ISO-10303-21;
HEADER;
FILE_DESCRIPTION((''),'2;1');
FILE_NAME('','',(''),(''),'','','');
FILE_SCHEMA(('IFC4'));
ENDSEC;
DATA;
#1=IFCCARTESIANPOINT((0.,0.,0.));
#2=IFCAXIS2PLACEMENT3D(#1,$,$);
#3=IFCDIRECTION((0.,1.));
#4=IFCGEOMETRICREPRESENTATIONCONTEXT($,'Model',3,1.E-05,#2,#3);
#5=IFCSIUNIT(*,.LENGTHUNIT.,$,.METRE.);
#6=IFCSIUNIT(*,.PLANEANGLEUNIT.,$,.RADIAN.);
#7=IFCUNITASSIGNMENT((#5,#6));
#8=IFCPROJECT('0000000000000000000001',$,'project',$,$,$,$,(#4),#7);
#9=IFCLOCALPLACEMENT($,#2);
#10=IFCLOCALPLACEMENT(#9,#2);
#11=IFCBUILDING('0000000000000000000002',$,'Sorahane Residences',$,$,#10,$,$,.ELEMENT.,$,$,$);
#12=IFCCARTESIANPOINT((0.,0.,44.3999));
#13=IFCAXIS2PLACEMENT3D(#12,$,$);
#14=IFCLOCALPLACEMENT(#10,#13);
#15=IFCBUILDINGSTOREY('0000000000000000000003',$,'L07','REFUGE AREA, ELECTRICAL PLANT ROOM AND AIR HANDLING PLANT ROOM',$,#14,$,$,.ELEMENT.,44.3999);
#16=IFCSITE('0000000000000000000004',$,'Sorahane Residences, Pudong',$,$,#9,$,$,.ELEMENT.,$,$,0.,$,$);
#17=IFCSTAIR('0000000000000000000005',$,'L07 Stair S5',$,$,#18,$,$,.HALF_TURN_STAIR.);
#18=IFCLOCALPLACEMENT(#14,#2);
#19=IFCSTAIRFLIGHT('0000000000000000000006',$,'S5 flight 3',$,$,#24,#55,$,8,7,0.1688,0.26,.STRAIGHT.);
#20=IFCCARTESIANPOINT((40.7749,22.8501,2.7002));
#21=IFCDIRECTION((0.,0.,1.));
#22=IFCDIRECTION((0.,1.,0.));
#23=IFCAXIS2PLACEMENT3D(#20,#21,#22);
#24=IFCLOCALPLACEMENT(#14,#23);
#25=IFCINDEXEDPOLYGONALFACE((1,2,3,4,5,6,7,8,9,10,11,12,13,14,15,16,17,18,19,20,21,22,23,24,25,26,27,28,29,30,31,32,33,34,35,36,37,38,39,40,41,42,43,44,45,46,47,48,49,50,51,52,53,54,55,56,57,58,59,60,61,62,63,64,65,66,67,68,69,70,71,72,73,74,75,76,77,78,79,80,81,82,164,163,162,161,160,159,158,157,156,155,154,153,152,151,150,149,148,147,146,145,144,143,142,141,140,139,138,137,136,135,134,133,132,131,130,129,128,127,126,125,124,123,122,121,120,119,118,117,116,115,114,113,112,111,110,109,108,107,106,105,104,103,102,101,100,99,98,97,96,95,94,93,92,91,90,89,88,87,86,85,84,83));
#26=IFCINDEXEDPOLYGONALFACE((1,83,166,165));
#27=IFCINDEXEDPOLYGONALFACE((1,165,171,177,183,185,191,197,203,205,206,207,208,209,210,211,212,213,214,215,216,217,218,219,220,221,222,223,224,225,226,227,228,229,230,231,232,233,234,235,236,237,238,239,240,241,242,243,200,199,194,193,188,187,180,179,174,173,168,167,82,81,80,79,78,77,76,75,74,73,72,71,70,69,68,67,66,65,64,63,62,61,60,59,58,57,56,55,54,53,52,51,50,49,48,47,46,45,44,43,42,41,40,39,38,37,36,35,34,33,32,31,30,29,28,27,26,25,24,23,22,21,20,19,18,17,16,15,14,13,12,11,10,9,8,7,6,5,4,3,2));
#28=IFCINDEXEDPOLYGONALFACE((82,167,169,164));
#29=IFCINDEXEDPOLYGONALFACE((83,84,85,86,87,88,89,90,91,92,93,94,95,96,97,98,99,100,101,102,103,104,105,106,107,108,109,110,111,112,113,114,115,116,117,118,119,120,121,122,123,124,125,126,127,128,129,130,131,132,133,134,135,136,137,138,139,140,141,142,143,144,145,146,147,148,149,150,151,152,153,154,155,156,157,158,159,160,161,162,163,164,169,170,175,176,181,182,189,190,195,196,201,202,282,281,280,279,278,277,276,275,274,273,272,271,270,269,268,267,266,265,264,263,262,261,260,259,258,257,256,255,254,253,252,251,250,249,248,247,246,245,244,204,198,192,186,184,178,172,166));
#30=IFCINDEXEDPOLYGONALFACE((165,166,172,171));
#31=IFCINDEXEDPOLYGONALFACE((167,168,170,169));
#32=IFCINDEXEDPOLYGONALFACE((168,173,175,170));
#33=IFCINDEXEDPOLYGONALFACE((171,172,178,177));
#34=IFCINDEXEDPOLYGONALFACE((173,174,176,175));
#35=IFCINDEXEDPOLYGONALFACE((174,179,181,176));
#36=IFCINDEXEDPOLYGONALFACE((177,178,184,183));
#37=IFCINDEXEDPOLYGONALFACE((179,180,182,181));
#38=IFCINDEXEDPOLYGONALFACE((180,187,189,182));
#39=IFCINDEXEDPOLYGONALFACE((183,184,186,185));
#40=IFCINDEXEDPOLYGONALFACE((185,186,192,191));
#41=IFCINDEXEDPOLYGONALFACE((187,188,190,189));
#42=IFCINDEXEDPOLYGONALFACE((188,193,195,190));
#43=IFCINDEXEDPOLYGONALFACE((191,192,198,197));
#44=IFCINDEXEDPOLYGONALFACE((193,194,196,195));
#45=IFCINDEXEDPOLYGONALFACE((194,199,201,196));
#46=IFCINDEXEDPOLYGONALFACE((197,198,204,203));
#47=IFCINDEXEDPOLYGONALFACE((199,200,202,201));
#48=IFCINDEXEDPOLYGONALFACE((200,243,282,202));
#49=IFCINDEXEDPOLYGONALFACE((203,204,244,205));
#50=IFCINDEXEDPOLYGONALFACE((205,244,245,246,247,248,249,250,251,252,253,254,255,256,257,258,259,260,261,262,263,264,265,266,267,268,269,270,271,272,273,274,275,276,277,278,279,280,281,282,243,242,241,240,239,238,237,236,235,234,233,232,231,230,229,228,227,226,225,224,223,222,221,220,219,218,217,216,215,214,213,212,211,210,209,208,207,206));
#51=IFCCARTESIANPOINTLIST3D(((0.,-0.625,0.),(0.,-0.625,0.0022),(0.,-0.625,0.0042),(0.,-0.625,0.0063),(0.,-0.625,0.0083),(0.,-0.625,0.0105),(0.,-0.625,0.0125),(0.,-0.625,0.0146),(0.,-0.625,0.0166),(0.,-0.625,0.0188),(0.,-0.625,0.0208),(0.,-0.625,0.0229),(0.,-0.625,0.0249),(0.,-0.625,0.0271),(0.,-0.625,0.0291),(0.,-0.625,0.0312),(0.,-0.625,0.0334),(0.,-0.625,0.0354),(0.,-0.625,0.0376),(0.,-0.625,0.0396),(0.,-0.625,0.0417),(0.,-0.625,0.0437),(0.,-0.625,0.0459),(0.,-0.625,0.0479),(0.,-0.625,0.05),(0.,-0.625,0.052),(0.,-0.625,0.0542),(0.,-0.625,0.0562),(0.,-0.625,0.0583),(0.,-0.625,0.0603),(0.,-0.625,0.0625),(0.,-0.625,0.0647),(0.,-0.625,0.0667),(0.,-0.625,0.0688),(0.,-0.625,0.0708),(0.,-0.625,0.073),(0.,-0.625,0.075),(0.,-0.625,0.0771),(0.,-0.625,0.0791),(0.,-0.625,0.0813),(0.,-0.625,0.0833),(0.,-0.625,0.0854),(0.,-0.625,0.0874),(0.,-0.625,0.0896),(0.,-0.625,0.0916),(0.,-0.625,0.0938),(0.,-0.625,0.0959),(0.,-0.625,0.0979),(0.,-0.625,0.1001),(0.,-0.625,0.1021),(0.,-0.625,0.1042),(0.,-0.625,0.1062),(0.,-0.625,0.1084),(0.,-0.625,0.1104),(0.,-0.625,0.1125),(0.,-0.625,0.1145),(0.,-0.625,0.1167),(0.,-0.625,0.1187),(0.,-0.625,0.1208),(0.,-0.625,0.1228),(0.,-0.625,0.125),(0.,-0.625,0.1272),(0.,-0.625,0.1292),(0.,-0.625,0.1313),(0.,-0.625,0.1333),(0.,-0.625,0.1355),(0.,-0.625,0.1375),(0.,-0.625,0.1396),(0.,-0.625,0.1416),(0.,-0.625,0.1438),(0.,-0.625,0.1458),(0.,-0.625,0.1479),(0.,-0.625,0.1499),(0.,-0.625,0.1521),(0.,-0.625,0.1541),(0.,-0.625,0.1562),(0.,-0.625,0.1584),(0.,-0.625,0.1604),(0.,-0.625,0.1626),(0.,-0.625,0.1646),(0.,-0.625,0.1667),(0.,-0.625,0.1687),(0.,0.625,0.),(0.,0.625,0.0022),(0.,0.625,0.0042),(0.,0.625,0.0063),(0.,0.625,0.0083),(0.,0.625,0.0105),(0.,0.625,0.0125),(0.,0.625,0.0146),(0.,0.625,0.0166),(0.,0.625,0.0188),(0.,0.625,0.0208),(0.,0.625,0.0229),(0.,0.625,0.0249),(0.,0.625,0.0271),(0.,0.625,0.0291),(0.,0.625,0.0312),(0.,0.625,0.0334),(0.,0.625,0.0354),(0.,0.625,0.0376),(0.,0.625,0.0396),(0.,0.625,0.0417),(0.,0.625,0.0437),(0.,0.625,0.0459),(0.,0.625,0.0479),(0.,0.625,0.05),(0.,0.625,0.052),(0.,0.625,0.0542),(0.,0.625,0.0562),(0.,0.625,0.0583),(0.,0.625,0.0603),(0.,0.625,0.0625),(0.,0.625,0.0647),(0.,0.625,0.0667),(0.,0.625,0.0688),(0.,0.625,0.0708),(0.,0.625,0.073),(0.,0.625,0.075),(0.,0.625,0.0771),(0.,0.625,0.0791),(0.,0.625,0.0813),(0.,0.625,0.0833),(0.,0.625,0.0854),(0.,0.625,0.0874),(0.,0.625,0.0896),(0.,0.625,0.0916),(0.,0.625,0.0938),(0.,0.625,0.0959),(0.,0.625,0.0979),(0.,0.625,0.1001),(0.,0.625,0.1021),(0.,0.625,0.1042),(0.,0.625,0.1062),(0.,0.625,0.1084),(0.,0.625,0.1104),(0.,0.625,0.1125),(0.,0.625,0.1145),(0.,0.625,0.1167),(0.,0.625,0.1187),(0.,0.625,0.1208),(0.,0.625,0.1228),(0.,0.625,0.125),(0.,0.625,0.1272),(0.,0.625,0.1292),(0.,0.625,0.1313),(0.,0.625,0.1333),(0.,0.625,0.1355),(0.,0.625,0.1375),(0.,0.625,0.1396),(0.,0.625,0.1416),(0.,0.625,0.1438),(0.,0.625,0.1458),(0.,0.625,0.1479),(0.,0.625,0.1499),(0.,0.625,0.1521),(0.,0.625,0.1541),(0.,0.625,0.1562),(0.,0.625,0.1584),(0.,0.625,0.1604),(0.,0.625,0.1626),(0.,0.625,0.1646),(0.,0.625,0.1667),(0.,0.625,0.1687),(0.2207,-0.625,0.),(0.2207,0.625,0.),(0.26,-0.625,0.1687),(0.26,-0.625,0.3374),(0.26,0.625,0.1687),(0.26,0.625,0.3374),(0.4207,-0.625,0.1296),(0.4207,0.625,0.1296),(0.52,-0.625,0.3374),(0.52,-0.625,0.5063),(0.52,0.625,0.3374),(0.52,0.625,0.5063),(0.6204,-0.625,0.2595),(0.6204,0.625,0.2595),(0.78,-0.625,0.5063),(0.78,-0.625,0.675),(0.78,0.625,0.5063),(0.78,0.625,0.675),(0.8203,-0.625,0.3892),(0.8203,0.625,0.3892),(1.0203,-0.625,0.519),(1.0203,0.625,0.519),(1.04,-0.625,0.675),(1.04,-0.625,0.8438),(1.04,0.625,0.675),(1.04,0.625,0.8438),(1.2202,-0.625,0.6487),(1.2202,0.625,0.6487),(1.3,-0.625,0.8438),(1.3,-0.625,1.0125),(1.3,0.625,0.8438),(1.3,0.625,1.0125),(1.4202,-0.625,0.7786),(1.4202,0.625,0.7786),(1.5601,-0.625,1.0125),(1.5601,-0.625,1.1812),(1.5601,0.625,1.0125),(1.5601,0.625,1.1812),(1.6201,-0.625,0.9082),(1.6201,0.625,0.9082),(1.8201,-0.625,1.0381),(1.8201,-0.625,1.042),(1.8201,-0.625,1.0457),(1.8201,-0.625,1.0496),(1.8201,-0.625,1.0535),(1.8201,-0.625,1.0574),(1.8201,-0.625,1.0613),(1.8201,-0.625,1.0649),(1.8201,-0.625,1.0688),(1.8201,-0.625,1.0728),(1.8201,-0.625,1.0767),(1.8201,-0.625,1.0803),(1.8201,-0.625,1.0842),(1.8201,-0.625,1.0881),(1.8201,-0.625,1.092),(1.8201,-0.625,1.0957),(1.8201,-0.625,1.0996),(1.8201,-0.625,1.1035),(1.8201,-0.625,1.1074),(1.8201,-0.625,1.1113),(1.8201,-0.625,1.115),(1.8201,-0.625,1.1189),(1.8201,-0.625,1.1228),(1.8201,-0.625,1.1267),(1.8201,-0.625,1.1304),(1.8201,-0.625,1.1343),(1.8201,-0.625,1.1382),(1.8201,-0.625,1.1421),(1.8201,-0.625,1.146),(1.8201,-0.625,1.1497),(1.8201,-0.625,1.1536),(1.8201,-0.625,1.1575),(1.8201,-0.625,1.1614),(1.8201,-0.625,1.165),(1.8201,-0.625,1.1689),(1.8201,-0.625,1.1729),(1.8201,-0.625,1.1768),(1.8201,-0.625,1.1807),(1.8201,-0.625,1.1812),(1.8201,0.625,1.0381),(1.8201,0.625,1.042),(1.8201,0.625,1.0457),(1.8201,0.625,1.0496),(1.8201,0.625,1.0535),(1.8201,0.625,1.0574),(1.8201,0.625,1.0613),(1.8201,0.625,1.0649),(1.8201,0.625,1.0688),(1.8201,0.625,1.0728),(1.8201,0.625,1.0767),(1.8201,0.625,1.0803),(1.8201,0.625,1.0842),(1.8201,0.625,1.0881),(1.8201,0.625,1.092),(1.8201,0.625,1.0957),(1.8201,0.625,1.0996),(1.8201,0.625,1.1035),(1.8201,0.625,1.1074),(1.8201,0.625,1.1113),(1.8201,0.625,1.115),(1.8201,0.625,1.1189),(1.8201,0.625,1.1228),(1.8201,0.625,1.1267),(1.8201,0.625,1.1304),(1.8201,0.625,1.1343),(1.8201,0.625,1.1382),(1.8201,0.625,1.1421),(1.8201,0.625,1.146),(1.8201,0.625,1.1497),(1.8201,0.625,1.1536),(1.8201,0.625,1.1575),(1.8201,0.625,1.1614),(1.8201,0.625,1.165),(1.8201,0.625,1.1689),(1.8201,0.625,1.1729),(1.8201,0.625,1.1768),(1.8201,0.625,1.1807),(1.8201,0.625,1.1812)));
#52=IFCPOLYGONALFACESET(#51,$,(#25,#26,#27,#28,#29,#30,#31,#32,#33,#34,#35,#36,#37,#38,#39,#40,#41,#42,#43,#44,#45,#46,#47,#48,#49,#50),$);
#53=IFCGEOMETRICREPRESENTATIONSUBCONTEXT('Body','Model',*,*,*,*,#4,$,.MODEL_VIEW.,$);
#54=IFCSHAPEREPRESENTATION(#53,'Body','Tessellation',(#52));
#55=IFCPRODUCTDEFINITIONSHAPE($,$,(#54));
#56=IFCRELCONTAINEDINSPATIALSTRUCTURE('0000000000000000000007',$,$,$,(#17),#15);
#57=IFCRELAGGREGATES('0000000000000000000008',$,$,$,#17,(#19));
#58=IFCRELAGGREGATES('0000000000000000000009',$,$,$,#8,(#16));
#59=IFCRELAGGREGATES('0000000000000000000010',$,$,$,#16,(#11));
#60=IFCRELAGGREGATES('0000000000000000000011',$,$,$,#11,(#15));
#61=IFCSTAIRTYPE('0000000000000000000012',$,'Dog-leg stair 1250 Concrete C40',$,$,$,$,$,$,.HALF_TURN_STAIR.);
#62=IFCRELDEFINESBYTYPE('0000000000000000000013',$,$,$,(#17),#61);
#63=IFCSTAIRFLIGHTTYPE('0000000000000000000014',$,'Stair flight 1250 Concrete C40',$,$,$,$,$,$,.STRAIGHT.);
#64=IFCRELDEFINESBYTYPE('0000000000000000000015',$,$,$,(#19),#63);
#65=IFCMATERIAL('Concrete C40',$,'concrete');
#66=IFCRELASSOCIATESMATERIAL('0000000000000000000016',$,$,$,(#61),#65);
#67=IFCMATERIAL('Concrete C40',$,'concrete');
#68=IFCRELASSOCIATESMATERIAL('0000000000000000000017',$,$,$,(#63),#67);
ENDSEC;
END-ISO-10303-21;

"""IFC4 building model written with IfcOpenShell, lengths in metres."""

from ifc_helpers import new_model, si_unit, direction, frame, origin, place, context, subcontext, project, spatial, polyline, outline, extrude, material, type_object, element, aggregate, save


model = new_model("IFC4")

# Units and contexts
model_context = context("Model", 3, precision=1e-05, world=origin(), true_north=direction((0.0, 1.0)))
body_context = subcontext(model_context, "Body", "Model", "MODEL_VIEW")
ifc_project = project(units=[si_unit("LENGTHUNIT", "METRE"), si_unit("PLANEANGLEUNIT", "RADIAN")], contexts=[model_context])

# Site, building, storey
site_placement = place(None, origin())
site = spatial("IfcSite", under=ifc_project, at=site_placement, Name="Sorahane Residences, Pudong", CompositionType="ELEMENT", RefElevation=0.0)
building_placement = place(site_placement, origin())
building = spatial("IfcBuilding", under=site, at=building_placement, Name="Sorahane Residences", CompositionType="ELEMENT")
storey_placement = place(building_placement, frame((0.0, 0.0, 44.3999)))
storey = spatial("IfcBuildingStorey", under=building, at=storey_placement, Name="L07", Description="REFUGE AREA, ELECTRICAL PLANT ROOM AND AIR HANDLING PLANT ROOM", CompositionType="ELEMENT", Elevation=44.3999)

# Stair, stair flight
ifc_material_1 = material(Name="Concrete C40", Category="concrete")
stair_type = type_object("IfcStairType", Name="Dog-leg stair 1250 Concrete C40", PredefinedType="HALF_TURN_STAIR", material=ifc_material_1)
stair_placement = place(storey_placement, origin())
stair = element("IfcStair", 1, at=stair_placement, inside=storey, type_object=stair_type, Name="L07 Stair S5", PredefinedType="HALF_TURN_STAIR")
ifc_material_2 = material(Name="Concrete C40", Category="concrete")
stair_flight_type = type_object("IfcStairFlightType", Name="Stair flight 1250 Concrete C40", PredefinedType="STRAIGHT", material=ifc_material_2)
stair_flight_1_placement = place(storey_placement, frame((40.7749, 22.8501, 2.7002), z_axis=(0.0, 0.0, 1.0), x_axis=(0.0, 1.0, 0.0)))
stair_flight_1 = element("IfcStairFlight", 2, at=stair_flight_1_placement, type_object=stair_flight_type, Name="S5 flight 3", NumberOfRisers=8, NumberOfTreads=7, PredefinedType="STRAIGHT", RiserHeight=0.1688, TreadLength=0.26, context=body_context, shape_type="SweptSolid", body=[
    extrude(outline(polyline([(0.0, 0.0), (0.0, 0.0022), (0.0, 0.0042), (0.0, 0.0063), (0.0, 0.0083), (0.0, 0.0105), (0.0, 0.0125), (0.0, 0.0146), (0.0, 0.0166), (0.0, 0.0188), (0.0, 0.0208), (0.0, 0.0229), (0.0, 0.0249), (0.0, 0.0271), (0.0, 0.0291), (0.0, 0.0312), (0.0, 0.0334), (0.0, 0.0354), (0.0, 0.0376), (0.0, 0.0396), (0.0, 0.0417), (0.0, 0.0437), (0.0, 0.0459), (0.0, 0.0479), (0.0, 0.05), (0.0, 0.052), (0.0, 0.0542), (0.0, 0.0562), (0.0, 0.0583), (0.0, 0.0603), (0.0, 0.0625), (0.0, 0.0647), (0.0, 0.0667), (0.0, 0.0688), (0.0, 0.0708), (0.0, 0.073), (0.0, 0.075), (0.0, 0.0771), (0.0, 0.0791), (0.0, 0.0813), (0.0, 0.0833), (0.0, 0.0854), (0.0, 0.0874), (0.0, 0.0896), (0.0, 0.0916), (0.0, 0.0938), (0.0, 0.0959), (0.0, 0.0979), (0.0, 0.1001), (0.0, 0.1021), (0.0, 0.1042), (0.0, 0.1062), (0.0, 0.1084), (0.0, 0.1104), (0.0, 0.1125), (0.0, 0.1145), (0.0, 0.1167), (0.0, 0.1187), (0.0, 0.1208), (0.0, 0.1228), (0.0, 0.125), (0.0, 0.1272), (0.0, 0.1292), (0.0, 0.1313), (0.0, 0.1333), (0.0, 0.1355), (0.0, 0.1375), (0.0, 0.1396), (0.0, 0.1416), (0.0, 0.1438), (0.0, 0.1458), (0.0, 0.1479), (0.0, 0.1499), (0.0, 0.1521), (0.0, 0.1541), (0.0, 0.1562), (0.0, 0.1584), (0.0, 0.1604), (0.0, 0.1626), (0.0, 0.1646), (0.0, 0.1667), (0.0, 0.1687), (0.26, 0.1687), (0.26, 0.3374), (0.52, 0.3374), (0.52, 0.5063), (0.78, 0.5063), (0.78, 0.675), (1.04, 0.675), (1.04, 0.8438), (1.3, 0.8438), (1.3, 1.0125), (1.5601, 1.0125), (1.5601, 1.1812), (1.8201, 1.1812), (1.8201, 1.3501), (1.8201, 1.3462), (1.8201, 1.3423), (1.8201, 1.3384), (1.8201, 1.3347), (1.8201, 1.3308), (1.8201, 1.3269), (1.8201, 1.323), (1.8201, 1.3191), (1.8201, 1.3154), (1.8201, 1.3115), (1.8201, 1.3076), (1.8201, 1.3037), (1.8201, 1.3), (1.8201, 1.2961), (1.8201, 1.2922), (1.8201, 1.2883), (1.8201, 1.2844), (1.8201, 1.2808), (1.8201, 1.2769), (1.8201, 1.2729), (1.8201, 1.269), (1.8201, 1.2654), (1.8201, 1.2615), (1.8201, 1.2576), (1.8201, 1.2537), (1.8201, 1.2498), (1.8201, 1.2461), (1.8201, 1.2422), (1.8201, 1.2383), (1.8201, 1.2344), (1.8201, 1.2307), (1.8201, 1.2268), (1.8201, 1.2229), (1.8201, 1.219), (1.8201, 1.2151), (1.8201, 1.2114), (1.8201, 1.2075), (1.8201, 1.2036), (1.8201, 1.1997), (1.8201, 1.196), (1.8201, 1.1921), (1.8201, 1.1882), (1.8201, 1.1843), (1.8201, 1.1807), (1.8201, 1.1768), (1.8201, 1.1729), (1.8201, 1.1689), (1.8201, 1.165), (1.8201, 1.1614), (1.8201, 1.1575), (1.8201, 1.1536), (1.8201, 1.1497), (1.8201, 1.146), (1.8201, 1.1421), (1.8201, 1.1382), (1.8201, 1.1343), (1.8201, 1.1304), (1.8201, 1.1267), (1.8201, 1.1228), (1.8201, 1.1189), (1.8201, 1.115), (1.8201, 1.1113), (1.8201, 1.1074), (1.8201, 1.1035), (1.8201, 1.0996), (1.8201, 1.0957), (1.8201, 1.092), (1.8201, 1.0881), (1.8201, 1.0842), (1.8201, 1.0803), (1.8201, 1.0767), (1.8201, 1.0728), (1.8201, 1.0688), (1.8201, 1.0649), (1.8201, 1.0613), (1.8201, 1.0574), (1.8201, 1.0535), (1.8201, 1.0496), (1.8201, 1.0457), (1.8201, 1.042), (1.8201, 1.0381), (1.6201, 0.9082), (1.4202, 0.7786), (1.2202, 0.6487), (1.0203, 0.519), (0.8203, 0.3892), (0.6204, 0.2595), (0.4207, 0.1296), (0.2207, 0.0), (0.0, 0.0)])), frame((0.0, 0.625, 0.0), z_axis=(0.0, -1.0, 0.0), x_axis=(1.0, 0.0, 0.0)), (0.0, 0.0, 1.0), 1.25),
])
aggregate(stair, [stair_flight_1])

save(model, "model.ifc")
